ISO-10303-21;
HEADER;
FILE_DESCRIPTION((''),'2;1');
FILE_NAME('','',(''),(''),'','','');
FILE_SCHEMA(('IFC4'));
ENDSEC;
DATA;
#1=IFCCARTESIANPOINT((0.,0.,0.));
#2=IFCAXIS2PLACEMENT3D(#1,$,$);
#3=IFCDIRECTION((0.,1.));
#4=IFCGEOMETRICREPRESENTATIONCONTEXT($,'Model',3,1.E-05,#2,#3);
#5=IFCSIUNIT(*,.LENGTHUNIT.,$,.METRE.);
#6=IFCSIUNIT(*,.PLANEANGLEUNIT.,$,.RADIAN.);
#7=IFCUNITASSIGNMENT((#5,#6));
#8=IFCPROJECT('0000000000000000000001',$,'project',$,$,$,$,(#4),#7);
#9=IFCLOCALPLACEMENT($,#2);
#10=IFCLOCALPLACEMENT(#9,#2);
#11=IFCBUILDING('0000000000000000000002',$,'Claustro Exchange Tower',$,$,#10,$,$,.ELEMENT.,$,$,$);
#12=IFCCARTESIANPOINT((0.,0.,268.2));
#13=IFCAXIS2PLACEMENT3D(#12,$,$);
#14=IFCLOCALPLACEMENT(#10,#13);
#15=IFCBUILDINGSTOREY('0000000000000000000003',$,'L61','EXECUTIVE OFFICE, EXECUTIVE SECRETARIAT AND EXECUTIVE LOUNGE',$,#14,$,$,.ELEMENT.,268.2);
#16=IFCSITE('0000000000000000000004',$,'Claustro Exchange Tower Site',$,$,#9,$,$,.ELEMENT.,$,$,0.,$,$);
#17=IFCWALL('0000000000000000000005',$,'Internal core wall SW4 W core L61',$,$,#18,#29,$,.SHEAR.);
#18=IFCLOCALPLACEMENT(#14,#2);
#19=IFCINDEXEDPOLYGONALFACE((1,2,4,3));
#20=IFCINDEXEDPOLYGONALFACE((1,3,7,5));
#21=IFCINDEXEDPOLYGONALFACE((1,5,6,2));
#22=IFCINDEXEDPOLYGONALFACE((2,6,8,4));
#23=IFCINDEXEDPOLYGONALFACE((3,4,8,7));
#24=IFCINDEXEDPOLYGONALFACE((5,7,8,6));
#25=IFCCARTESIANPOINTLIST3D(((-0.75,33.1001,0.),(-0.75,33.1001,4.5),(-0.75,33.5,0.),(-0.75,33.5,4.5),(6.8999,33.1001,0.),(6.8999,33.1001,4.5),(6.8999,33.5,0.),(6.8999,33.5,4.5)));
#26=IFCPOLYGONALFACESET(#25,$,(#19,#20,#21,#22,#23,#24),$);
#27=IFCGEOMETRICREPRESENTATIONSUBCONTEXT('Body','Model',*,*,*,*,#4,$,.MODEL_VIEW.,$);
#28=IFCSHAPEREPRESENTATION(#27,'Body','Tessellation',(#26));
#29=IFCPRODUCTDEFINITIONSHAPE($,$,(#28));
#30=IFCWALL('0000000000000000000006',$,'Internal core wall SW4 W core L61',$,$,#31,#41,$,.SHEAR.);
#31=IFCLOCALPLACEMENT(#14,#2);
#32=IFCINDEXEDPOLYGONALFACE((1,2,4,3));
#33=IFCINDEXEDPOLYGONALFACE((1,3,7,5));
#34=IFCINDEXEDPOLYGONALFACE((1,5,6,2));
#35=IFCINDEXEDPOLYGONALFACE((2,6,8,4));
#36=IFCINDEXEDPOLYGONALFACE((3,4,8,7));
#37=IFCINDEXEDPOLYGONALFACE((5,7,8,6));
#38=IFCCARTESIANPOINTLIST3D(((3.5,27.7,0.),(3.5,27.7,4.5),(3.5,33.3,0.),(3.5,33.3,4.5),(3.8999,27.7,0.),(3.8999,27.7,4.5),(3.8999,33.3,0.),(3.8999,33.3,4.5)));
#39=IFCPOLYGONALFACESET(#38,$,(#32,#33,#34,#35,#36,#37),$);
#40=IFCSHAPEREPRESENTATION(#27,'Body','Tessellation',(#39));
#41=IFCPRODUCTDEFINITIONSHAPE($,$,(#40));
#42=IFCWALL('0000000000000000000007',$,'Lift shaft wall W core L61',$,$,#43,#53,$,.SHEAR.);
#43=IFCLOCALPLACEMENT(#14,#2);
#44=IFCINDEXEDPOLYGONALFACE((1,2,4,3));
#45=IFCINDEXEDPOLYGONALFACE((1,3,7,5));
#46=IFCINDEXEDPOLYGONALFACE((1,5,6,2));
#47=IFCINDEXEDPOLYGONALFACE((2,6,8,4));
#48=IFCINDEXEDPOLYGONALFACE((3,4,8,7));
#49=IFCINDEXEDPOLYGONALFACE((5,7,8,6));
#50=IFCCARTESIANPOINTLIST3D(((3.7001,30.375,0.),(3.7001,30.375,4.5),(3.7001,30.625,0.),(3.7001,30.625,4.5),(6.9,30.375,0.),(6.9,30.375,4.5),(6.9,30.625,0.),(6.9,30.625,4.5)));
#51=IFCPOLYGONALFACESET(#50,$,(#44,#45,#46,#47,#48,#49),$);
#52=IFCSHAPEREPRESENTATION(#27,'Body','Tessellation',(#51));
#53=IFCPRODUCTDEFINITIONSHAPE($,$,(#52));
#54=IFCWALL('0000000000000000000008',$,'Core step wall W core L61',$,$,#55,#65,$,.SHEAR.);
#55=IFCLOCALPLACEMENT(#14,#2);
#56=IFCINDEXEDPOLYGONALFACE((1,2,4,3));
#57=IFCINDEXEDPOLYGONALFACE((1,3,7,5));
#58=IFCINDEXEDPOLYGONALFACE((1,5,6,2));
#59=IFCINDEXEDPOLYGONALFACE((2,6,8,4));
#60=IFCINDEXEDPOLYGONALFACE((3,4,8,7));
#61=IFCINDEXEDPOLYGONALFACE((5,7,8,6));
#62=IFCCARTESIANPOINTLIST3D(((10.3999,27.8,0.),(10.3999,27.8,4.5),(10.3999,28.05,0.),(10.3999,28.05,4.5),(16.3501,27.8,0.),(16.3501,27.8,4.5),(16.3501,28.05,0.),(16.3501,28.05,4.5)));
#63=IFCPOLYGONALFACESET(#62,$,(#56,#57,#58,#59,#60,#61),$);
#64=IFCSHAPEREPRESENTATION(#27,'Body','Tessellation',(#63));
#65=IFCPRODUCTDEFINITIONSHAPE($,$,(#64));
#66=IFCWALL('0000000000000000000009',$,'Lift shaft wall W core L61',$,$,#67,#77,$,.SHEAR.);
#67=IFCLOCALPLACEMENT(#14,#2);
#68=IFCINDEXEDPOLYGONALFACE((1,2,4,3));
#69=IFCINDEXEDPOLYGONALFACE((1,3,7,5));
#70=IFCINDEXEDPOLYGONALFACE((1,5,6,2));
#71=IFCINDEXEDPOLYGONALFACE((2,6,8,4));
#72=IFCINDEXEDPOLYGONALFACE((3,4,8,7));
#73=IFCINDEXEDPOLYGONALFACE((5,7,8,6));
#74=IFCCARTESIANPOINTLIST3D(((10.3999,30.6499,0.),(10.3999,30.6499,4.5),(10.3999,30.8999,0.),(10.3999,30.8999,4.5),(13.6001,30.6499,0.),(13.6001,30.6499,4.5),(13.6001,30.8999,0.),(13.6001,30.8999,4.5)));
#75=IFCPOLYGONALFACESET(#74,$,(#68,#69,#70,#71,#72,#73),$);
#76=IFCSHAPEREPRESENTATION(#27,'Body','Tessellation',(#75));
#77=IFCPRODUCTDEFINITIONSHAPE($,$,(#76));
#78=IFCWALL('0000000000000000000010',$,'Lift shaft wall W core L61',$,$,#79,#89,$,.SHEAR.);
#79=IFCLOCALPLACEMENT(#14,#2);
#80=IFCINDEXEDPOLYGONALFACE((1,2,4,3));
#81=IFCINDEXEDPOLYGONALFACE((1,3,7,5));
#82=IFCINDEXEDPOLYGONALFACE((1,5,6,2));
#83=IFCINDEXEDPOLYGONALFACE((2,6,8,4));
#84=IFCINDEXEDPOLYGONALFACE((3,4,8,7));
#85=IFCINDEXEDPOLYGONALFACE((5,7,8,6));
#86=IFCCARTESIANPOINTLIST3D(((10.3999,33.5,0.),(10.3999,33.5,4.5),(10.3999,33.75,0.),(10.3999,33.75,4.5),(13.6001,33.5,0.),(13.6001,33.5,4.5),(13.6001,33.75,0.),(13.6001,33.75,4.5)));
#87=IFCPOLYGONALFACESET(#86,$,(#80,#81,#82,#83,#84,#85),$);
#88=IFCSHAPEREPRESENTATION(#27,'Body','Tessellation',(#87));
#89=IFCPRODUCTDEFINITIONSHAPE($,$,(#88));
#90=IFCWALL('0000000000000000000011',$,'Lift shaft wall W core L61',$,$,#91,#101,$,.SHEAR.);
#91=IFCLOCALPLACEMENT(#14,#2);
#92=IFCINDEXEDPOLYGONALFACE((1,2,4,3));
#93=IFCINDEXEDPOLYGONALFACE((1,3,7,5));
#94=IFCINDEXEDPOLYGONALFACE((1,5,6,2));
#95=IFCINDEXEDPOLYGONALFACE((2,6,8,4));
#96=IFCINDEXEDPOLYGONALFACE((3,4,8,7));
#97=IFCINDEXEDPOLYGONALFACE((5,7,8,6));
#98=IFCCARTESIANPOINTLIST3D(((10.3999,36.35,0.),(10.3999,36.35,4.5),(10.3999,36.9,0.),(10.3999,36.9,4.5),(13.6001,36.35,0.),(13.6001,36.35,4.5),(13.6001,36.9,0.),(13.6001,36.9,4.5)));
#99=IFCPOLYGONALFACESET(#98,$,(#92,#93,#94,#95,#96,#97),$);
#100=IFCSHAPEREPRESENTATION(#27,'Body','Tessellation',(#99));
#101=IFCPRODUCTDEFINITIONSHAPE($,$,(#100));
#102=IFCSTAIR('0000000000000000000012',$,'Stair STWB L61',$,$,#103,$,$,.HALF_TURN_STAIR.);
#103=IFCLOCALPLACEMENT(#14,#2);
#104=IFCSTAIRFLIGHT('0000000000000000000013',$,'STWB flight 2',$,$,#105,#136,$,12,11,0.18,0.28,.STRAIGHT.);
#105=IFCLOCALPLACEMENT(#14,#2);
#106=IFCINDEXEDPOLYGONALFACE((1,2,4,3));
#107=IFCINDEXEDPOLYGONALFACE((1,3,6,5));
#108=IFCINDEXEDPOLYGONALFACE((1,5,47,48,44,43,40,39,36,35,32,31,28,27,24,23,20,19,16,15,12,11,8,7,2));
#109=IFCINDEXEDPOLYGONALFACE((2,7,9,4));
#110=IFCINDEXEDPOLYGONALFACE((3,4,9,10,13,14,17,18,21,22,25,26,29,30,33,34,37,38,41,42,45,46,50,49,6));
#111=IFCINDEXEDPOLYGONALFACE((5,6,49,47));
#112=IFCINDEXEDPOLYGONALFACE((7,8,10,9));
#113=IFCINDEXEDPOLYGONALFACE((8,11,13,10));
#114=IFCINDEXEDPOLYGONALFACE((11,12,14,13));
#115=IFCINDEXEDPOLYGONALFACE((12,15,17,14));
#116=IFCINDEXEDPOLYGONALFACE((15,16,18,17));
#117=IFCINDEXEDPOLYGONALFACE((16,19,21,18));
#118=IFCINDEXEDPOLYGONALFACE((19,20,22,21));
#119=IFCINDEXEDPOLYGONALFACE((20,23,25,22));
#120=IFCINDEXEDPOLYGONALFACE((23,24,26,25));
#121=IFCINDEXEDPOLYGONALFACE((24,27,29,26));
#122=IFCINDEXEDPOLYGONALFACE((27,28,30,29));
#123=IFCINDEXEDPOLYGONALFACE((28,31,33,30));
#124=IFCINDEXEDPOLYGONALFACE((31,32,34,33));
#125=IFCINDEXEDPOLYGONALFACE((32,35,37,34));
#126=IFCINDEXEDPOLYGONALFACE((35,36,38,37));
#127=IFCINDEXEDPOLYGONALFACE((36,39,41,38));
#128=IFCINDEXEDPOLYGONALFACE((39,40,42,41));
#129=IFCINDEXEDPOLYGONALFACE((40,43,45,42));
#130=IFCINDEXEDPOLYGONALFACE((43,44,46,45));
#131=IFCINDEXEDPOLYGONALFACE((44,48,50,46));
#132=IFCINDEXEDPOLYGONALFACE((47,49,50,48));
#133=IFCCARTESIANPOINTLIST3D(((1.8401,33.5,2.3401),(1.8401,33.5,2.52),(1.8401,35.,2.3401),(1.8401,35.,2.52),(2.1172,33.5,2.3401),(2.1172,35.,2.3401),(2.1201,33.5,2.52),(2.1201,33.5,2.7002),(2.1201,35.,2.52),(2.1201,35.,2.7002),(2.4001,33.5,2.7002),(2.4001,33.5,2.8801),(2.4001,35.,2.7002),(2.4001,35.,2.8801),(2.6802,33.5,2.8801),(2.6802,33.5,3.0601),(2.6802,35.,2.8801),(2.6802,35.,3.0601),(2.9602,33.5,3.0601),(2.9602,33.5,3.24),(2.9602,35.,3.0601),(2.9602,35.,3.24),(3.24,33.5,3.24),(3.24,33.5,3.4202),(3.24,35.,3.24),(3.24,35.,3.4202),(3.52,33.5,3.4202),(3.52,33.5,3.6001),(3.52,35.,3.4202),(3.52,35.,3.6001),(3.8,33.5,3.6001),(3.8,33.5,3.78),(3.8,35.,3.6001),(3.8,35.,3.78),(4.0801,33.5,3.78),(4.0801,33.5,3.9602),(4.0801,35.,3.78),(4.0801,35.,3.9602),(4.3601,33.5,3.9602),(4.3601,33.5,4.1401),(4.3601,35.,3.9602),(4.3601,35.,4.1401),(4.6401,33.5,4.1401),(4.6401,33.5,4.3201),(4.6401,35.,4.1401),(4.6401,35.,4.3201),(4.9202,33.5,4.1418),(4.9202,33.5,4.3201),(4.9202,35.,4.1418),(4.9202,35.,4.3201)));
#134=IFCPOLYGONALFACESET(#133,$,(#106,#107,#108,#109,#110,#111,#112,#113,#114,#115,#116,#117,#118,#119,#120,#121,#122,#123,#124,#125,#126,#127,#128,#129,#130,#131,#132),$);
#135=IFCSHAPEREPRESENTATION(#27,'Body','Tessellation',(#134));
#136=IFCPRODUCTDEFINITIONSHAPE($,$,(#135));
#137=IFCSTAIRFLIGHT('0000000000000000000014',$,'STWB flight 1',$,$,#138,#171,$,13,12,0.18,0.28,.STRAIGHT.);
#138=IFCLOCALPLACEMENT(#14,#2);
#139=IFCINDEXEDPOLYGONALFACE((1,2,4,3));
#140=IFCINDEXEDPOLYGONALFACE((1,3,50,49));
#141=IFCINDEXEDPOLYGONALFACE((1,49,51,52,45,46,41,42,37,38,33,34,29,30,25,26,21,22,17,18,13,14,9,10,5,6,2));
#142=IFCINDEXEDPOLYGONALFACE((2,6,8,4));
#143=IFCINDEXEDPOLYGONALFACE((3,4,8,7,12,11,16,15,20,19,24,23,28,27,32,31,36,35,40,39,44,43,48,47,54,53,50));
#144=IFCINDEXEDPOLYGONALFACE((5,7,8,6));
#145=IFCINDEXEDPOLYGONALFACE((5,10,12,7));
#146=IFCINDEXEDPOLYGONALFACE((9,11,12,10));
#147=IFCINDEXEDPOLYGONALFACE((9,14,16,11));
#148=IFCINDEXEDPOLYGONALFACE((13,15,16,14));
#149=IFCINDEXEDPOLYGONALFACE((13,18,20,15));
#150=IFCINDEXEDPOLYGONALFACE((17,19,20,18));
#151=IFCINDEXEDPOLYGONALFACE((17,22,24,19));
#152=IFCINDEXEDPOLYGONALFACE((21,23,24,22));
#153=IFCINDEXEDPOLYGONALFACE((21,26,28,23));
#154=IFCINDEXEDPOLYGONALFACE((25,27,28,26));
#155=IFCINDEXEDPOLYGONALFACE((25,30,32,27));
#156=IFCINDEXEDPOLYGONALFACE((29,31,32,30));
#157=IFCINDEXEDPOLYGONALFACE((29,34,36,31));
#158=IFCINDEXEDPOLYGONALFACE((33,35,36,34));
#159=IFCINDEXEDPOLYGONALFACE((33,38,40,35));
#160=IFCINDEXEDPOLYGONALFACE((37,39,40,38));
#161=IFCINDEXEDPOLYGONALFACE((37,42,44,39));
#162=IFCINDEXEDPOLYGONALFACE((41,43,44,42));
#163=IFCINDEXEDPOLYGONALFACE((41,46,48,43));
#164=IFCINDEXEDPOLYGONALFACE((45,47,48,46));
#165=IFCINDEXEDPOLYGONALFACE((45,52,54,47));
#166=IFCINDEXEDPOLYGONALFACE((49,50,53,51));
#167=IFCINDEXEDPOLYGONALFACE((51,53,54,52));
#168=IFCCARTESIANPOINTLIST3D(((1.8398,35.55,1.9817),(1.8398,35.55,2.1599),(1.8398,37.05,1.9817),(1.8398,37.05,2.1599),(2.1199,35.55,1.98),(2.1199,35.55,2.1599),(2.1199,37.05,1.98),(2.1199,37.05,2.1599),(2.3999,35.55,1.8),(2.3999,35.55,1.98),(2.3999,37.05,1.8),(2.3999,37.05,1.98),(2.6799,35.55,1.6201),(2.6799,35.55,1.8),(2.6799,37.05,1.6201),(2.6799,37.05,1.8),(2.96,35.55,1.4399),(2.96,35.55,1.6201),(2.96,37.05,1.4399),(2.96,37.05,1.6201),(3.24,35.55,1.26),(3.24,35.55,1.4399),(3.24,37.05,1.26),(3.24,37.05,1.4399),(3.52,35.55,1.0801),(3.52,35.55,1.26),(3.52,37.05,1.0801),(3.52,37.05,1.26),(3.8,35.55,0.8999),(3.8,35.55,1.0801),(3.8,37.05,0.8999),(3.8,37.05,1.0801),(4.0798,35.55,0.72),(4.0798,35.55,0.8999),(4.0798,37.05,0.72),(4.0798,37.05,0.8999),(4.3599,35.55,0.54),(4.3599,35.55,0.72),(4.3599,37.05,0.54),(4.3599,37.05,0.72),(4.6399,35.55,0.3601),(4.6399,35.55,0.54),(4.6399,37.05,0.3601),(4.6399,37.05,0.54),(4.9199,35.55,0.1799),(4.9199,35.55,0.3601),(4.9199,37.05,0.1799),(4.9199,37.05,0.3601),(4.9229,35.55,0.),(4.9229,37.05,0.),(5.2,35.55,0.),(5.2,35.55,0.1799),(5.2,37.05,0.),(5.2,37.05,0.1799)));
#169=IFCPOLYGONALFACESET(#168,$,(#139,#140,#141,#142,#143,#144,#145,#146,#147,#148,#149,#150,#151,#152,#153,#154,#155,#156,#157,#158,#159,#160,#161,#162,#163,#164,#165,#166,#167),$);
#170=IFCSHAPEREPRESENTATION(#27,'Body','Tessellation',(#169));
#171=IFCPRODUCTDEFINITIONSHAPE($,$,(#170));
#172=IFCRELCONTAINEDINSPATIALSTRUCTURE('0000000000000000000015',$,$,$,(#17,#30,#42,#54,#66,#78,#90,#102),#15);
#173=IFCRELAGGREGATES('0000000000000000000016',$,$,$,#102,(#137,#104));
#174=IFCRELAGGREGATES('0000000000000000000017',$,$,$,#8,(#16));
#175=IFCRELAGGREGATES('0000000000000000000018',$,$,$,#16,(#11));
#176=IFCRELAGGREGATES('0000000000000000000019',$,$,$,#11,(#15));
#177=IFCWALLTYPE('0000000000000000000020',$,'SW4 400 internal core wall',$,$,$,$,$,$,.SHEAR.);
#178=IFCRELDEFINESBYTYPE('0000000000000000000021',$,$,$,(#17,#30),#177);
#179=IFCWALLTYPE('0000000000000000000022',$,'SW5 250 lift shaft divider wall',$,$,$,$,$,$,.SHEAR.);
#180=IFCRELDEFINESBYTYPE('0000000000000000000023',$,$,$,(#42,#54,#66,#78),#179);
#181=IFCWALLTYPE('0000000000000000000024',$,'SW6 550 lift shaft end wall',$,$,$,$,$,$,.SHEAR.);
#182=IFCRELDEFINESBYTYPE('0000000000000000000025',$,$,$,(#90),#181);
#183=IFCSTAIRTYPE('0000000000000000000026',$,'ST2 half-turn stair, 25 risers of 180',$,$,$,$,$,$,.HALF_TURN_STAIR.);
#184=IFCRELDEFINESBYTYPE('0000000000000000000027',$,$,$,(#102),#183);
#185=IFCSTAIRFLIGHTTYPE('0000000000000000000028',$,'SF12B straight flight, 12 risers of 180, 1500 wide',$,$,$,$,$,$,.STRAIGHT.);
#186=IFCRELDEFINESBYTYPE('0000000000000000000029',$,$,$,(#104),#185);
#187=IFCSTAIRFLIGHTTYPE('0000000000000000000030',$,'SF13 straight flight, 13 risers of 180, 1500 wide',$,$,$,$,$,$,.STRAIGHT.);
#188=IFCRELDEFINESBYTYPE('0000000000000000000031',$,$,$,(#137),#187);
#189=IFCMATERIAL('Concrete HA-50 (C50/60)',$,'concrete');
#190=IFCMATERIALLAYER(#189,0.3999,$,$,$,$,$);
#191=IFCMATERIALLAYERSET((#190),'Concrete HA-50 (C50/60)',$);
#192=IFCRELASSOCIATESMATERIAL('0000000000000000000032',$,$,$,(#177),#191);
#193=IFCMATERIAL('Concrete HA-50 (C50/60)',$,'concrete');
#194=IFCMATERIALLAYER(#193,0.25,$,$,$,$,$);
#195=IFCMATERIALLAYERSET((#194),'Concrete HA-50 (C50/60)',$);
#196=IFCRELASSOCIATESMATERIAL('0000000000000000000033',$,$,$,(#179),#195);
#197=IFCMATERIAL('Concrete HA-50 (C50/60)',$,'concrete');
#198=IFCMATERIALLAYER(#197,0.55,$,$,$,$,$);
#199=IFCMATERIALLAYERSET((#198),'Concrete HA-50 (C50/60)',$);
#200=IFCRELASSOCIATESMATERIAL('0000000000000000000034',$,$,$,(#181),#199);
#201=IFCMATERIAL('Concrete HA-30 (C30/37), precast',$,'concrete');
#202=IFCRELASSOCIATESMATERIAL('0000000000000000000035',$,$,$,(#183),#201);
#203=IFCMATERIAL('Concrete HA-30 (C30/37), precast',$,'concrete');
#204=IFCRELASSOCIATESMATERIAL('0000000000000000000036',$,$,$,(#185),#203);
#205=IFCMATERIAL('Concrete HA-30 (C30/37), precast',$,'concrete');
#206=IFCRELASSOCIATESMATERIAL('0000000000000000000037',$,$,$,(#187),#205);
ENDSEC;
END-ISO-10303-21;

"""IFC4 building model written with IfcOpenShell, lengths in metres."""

from ifc_helpers import new_model, si_unit, direction, frame, frame_2d, origin, place, context, subcontext, project, spatial, polyline, rectangle, outline, extrude, material, layer, layer_set, type_object, element, aggregate, save


model = new_model("IFC4")

# Units and contexts
model_context = context("Model", 3, precision=1e-05, world=origin(), true_north=direction((0.0, 1.0)))
body_context = subcontext(model_context, "Body", "Model", "MODEL_VIEW")
ifc_project = project(units=[si_unit("LENGTHUNIT", "METRE"), si_unit("PLANEANGLEUNIT", "RADIAN")], contexts=[model_context])

# Site, building, storey
site_placement = place(None, origin())
site = spatial("IfcSite", under=ifc_project, at=site_placement, Name="Claustro Exchange Tower Site", CompositionType="ELEMENT", RefElevation=0.0)
building_placement = place(site_placement, origin())
building = spatial("IfcBuilding", under=site, at=building_placement, Name="Claustro Exchange Tower", CompositionType="ELEMENT")
storey_placement = place(building_placement, frame((0.0, 0.0, 268.2)))
storey = spatial("IfcBuildingStorey", under=building, at=storey_placement, Name="L61", Description="EXECUTIVE OFFICE, EXECUTIVE SECRETARIAT AND EXECUTIVE LOUNGE", CompositionType="ELEMENT", Elevation=268.2)

# Walls
ifc_material_1 = material(Name="Concrete HA-50 (C50/60)", Category="concrete")
ifc_layer_1 = layer(ifc_material_1, 0.3999)
ifc_layer_set_1 = layer_set([ifc_layer_1], Name="Concrete HA-50 (C50/60)")
wall_type_1 = type_object("IfcWallType", Name="SW4 400 internal core wall", PredefinedType="SHEAR", material=ifc_layer_set_1)
for number, where, z_axis, x_axis, name in (
    (1, (-0.75, 33.3, 0.0), (0.0, 0.0, 1.0), (1.0, 0.0, 0.0), "Internal core wall SW4 W core L61"),
):
    element("IfcWall", number, at=place(storey_placement, frame(where, z_axis=z_axis, x_axis=x_axis)), inside=storey, type_object=wall_type_1, Name=name, PredefinedType="SHEAR", context=body_context, shape_type="SweptSolid", body=[
        extrude(rectangle(XDim=7.6499, YDim=0.3999, at=frame_2d((3.825, 0.0))), origin(), (0.0, 0.0, 1.0), 4.5),
    ])
wall_1_placement = place(storey_placement, frame((3.7, 27.7, 0.0), z_axis=(0.0, 0.0, 1.0), x_axis=(0.0, 1.0, 0.0)))
element("IfcWall", 2, at=wall_1_placement, inside=storey, type_object=wall_type_1, Name="Internal core wall SW4 W core L61", PredefinedType="SHEAR", context=body_context, shape_type="SweptSolid", body=[
    extrude(rectangle(XDim=5.6001, YDim=0.3999, at=frame_2d((2.8, 0.0))), origin(), (0.0, 0.0, 1.0), 4.5),
])
ifc_material_2 = material(Name="Concrete HA-50 (C50/60)", Category="concrete")
ifc_layer_2 = layer(ifc_material_2, 0.25)
ifc_layer_set_2 = layer_set([ifc_layer_2], Name="Concrete HA-50 (C50/60)")
wall_type_2 = type_object("IfcWallType", Name="SW5 250 lift shaft divider wall", PredefinedType="SHEAR", material=ifc_layer_set_2)
wall_2_placement = place(storey_placement, frame((3.7, 30.5, 0.0), z_axis=(0.0, 0.0, 1.0), x_axis=(1.0, 0.0, 0.0)))
element("IfcWall", 3, at=wall_2_placement, inside=storey, type_object=wall_type_2, Name="Lift shaft wall W core L61", PredefinedType="SHEAR", context=body_context, shape_type="SweptSolid", body=[
    extrude(rectangle(XDim=3.2, YDim=0.25, at=frame_2d((1.6001, 0.0))), origin(), (0.0, 0.0, 1.0), 4.5),
])
wall_3_placement = place(storey_placement, frame((10.3999, 27.925, 0.0), z_axis=(0.0, 0.0, 1.0), x_axis=(1.0, 0.0, 0.0)))
element("IfcWall", 4, at=wall_3_placement, inside=storey, type_object=wall_type_2, Name="Core step wall W core L61", PredefinedType="SHEAR", context=body_context, shape_type="SweptSolid", body=[
    extrude(rectangle(XDim=5.9502, YDim=0.25, at=frame_2d((2.9751, 0.0))), origin(), (0.0, 0.0, 1.0), 4.5),
])
for number, where, z_axis, x_axis, name in (
    (5, (10.3999, 30.7749, 0.0), (0.0, 0.0, 1.0), (1.0, 0.0, 0.0), "Lift shaft wall W core L61"),
    (6, (10.3999, 33.625, 0.0), (0.0, 0.0, 1.0), (1.0, 0.0, 0.0), "Lift shaft wall W core L61"),
):
    element("IfcWall", number, at=place(storey_placement, frame(where, z_axis=z_axis, x_axis=x_axis)), inside=storey, type_object=wall_type_2, Name=name, PredefinedType="SHEAR", context=body_context, shape_type="SweptSolid", body=[
        extrude(rectangle(XDim=3.2002, YDim=0.25, at=frame_2d((1.6001, 0.0))), origin(), (0.0, 0.0, 1.0), 4.5),
    ])
ifc_material_3 = material(Name="Concrete HA-50 (C50/60)", Category="concrete")
ifc_layer_3 = layer(ifc_material_3, 0.55)
ifc_layer_set_3 = layer_set([ifc_layer_3], Name="Concrete HA-50 (C50/60)")
wall_type_3 = type_object("IfcWallType", Name="SW6 550 lift shaft end wall", PredefinedType="SHEAR", material=ifc_layer_set_3)
wall_4_placement = place(storey_placement, frame((10.3999, 36.625, 0.0), z_axis=(0.0, 0.0, 1.0), x_axis=(1.0, 0.0, 0.0)))
element("IfcWall", 7, at=wall_4_placement, inside=storey, type_object=wall_type_3, Name="Lift shaft wall W core L61", PredefinedType="SHEAR", context=body_context, shape_type="SweptSolid", body=[
    extrude(rectangle(XDim=3.2002, YDim=0.55, at=frame_2d((1.6001, 0.0))), origin(), (0.0, 0.0, 1.0), 4.5),
])

# Stair, stair flights
ifc_material_4 = material(Name="Concrete HA-30 (C30/37), precast", Category="concrete")
stair_type = type_object("IfcStairType", Name="ST2 half-turn stair, 25 risers of 180", PredefinedType="HALF_TURN_STAIR", material=ifc_material_4)
stair_placement = place(storey_placement, origin())
stair = element("IfcStair", 8, at=stair_placement, inside=storey, type_object=stair_type, Name="Stair STWB L61", PredefinedType="HALF_TURN_STAIR")
ifc_material_5 = material(Name="Concrete HA-30 (C30/37), precast", Category="concrete")
stair_flight_type_1 = type_object("IfcStairFlightType", Name="SF12B straight flight, 12 risers of 180, 1500 wide", PredefinedType="STRAIGHT", material=ifc_material_5)
stair_flight_1_placement = place(storey_placement, frame((1.8401, 34.25, 2.3401), z_axis=(0.0, 0.0, 1.0), x_axis=(1.0, 0.0, 0.0)))
stair_flight_1 = element("IfcStairFlight", 9, at=stair_flight_1_placement, type_object=stair_flight_type_1, Name="STWB flight 2", NumberOfRisers=12, NumberOfTreads=11, PredefinedType="STRAIGHT", RiserHeight=0.18, TreadLength=0.28, context=body_context, shape_type="SweptSolid", body=[
    extrude(outline(polyline([(0.0, 0.0), (0.0, 0.1799), (0.28, 0.1799), (0.28, 0.3601), (0.5601, 0.3601), (0.5601, 0.54), (0.8401, 0.54), (0.8401, 0.72), (1.1201, 0.72), (1.1201, 0.8999), (1.3999, 0.8999), (1.3999, 1.0801), (1.6799, 1.0801), (1.6799, 1.26), (1.96, 1.26), (1.96, 1.4399), (2.24, 1.4399), (2.24, 1.6201), (2.52, 1.6201), (2.52, 1.8), (2.8, 1.8), (2.8, 1.98), (3.0801, 1.98), (3.0801, 2.1599), (3.0801, 1.8018), (0.2771, 0.0), (0.0, 0.0)])), frame((0.0, 0.75, 0.0), z_axis=(0.0, -1.0, 0.0), x_axis=(1.0, 0.0, 0.0)), (0.0, 0.0, 1.0), 1.5),
])
ifc_material_6 = material(Name="Concrete HA-30 (C30/37), precast", Category="concrete")
stair_flight_type_2 = type_object("IfcStairFlightType", Name="SF13 straight flight, 13 risers of 180, 1500 wide", PredefinedType="STRAIGHT", material=ifc_material_6)
stair_flight_2_placement = place(storey_placement, frame((5.2, 36.3, 0.0), z_axis=(0.0, 0.0, 1.0), x_axis=(-1.0, 0.0, 0.0)))
stair_flight_2 = element("IfcStairFlight", 10, at=stair_flight_2_placement, type_object=stair_flight_type_2, Name="STWB flight 1", NumberOfRisers=13, NumberOfTreads=12, PredefinedType="STRAIGHT", RiserHeight=0.18, TreadLength=0.28, context=body_context, shape_type="SweptSolid", body=[
    extrude(outline(polyline([(0.0, 0.0), (0.0, 0.1799), (0.28, 0.1799), (0.28, 0.3601), (0.5601, 0.3601), (0.5601, 0.54), (0.8401, 0.54), (0.8401, 0.72), (1.1201, 0.72), (1.1201, 0.8999), (1.3999, 0.8999), (1.3999, 1.0801), (1.6799, 1.0801), (1.6799, 1.26), (1.96, 1.26), (1.96, 1.4399), (2.24, 1.4399), (2.24, 1.6201), (2.52, 1.6201), (2.52, 1.8), (2.8, 1.8), (2.8, 1.98), (3.0801, 1.98), (3.0801, 2.1599), (3.3601, 2.1599), (3.3601, 2.3401), (3.3601, 1.9817), (0.2771, 0.0), (0.0, 0.0)])), frame((0.0, 0.75, 0.0), z_axis=(0.0, -1.0, 0.0), x_axis=(1.0, 0.0, 0.0)), (0.0, 0.0, 1.0), 1.5),
])
aggregate(stair, [stair_flight_2, stair_flight_1])

save(model, "model.ifc")
